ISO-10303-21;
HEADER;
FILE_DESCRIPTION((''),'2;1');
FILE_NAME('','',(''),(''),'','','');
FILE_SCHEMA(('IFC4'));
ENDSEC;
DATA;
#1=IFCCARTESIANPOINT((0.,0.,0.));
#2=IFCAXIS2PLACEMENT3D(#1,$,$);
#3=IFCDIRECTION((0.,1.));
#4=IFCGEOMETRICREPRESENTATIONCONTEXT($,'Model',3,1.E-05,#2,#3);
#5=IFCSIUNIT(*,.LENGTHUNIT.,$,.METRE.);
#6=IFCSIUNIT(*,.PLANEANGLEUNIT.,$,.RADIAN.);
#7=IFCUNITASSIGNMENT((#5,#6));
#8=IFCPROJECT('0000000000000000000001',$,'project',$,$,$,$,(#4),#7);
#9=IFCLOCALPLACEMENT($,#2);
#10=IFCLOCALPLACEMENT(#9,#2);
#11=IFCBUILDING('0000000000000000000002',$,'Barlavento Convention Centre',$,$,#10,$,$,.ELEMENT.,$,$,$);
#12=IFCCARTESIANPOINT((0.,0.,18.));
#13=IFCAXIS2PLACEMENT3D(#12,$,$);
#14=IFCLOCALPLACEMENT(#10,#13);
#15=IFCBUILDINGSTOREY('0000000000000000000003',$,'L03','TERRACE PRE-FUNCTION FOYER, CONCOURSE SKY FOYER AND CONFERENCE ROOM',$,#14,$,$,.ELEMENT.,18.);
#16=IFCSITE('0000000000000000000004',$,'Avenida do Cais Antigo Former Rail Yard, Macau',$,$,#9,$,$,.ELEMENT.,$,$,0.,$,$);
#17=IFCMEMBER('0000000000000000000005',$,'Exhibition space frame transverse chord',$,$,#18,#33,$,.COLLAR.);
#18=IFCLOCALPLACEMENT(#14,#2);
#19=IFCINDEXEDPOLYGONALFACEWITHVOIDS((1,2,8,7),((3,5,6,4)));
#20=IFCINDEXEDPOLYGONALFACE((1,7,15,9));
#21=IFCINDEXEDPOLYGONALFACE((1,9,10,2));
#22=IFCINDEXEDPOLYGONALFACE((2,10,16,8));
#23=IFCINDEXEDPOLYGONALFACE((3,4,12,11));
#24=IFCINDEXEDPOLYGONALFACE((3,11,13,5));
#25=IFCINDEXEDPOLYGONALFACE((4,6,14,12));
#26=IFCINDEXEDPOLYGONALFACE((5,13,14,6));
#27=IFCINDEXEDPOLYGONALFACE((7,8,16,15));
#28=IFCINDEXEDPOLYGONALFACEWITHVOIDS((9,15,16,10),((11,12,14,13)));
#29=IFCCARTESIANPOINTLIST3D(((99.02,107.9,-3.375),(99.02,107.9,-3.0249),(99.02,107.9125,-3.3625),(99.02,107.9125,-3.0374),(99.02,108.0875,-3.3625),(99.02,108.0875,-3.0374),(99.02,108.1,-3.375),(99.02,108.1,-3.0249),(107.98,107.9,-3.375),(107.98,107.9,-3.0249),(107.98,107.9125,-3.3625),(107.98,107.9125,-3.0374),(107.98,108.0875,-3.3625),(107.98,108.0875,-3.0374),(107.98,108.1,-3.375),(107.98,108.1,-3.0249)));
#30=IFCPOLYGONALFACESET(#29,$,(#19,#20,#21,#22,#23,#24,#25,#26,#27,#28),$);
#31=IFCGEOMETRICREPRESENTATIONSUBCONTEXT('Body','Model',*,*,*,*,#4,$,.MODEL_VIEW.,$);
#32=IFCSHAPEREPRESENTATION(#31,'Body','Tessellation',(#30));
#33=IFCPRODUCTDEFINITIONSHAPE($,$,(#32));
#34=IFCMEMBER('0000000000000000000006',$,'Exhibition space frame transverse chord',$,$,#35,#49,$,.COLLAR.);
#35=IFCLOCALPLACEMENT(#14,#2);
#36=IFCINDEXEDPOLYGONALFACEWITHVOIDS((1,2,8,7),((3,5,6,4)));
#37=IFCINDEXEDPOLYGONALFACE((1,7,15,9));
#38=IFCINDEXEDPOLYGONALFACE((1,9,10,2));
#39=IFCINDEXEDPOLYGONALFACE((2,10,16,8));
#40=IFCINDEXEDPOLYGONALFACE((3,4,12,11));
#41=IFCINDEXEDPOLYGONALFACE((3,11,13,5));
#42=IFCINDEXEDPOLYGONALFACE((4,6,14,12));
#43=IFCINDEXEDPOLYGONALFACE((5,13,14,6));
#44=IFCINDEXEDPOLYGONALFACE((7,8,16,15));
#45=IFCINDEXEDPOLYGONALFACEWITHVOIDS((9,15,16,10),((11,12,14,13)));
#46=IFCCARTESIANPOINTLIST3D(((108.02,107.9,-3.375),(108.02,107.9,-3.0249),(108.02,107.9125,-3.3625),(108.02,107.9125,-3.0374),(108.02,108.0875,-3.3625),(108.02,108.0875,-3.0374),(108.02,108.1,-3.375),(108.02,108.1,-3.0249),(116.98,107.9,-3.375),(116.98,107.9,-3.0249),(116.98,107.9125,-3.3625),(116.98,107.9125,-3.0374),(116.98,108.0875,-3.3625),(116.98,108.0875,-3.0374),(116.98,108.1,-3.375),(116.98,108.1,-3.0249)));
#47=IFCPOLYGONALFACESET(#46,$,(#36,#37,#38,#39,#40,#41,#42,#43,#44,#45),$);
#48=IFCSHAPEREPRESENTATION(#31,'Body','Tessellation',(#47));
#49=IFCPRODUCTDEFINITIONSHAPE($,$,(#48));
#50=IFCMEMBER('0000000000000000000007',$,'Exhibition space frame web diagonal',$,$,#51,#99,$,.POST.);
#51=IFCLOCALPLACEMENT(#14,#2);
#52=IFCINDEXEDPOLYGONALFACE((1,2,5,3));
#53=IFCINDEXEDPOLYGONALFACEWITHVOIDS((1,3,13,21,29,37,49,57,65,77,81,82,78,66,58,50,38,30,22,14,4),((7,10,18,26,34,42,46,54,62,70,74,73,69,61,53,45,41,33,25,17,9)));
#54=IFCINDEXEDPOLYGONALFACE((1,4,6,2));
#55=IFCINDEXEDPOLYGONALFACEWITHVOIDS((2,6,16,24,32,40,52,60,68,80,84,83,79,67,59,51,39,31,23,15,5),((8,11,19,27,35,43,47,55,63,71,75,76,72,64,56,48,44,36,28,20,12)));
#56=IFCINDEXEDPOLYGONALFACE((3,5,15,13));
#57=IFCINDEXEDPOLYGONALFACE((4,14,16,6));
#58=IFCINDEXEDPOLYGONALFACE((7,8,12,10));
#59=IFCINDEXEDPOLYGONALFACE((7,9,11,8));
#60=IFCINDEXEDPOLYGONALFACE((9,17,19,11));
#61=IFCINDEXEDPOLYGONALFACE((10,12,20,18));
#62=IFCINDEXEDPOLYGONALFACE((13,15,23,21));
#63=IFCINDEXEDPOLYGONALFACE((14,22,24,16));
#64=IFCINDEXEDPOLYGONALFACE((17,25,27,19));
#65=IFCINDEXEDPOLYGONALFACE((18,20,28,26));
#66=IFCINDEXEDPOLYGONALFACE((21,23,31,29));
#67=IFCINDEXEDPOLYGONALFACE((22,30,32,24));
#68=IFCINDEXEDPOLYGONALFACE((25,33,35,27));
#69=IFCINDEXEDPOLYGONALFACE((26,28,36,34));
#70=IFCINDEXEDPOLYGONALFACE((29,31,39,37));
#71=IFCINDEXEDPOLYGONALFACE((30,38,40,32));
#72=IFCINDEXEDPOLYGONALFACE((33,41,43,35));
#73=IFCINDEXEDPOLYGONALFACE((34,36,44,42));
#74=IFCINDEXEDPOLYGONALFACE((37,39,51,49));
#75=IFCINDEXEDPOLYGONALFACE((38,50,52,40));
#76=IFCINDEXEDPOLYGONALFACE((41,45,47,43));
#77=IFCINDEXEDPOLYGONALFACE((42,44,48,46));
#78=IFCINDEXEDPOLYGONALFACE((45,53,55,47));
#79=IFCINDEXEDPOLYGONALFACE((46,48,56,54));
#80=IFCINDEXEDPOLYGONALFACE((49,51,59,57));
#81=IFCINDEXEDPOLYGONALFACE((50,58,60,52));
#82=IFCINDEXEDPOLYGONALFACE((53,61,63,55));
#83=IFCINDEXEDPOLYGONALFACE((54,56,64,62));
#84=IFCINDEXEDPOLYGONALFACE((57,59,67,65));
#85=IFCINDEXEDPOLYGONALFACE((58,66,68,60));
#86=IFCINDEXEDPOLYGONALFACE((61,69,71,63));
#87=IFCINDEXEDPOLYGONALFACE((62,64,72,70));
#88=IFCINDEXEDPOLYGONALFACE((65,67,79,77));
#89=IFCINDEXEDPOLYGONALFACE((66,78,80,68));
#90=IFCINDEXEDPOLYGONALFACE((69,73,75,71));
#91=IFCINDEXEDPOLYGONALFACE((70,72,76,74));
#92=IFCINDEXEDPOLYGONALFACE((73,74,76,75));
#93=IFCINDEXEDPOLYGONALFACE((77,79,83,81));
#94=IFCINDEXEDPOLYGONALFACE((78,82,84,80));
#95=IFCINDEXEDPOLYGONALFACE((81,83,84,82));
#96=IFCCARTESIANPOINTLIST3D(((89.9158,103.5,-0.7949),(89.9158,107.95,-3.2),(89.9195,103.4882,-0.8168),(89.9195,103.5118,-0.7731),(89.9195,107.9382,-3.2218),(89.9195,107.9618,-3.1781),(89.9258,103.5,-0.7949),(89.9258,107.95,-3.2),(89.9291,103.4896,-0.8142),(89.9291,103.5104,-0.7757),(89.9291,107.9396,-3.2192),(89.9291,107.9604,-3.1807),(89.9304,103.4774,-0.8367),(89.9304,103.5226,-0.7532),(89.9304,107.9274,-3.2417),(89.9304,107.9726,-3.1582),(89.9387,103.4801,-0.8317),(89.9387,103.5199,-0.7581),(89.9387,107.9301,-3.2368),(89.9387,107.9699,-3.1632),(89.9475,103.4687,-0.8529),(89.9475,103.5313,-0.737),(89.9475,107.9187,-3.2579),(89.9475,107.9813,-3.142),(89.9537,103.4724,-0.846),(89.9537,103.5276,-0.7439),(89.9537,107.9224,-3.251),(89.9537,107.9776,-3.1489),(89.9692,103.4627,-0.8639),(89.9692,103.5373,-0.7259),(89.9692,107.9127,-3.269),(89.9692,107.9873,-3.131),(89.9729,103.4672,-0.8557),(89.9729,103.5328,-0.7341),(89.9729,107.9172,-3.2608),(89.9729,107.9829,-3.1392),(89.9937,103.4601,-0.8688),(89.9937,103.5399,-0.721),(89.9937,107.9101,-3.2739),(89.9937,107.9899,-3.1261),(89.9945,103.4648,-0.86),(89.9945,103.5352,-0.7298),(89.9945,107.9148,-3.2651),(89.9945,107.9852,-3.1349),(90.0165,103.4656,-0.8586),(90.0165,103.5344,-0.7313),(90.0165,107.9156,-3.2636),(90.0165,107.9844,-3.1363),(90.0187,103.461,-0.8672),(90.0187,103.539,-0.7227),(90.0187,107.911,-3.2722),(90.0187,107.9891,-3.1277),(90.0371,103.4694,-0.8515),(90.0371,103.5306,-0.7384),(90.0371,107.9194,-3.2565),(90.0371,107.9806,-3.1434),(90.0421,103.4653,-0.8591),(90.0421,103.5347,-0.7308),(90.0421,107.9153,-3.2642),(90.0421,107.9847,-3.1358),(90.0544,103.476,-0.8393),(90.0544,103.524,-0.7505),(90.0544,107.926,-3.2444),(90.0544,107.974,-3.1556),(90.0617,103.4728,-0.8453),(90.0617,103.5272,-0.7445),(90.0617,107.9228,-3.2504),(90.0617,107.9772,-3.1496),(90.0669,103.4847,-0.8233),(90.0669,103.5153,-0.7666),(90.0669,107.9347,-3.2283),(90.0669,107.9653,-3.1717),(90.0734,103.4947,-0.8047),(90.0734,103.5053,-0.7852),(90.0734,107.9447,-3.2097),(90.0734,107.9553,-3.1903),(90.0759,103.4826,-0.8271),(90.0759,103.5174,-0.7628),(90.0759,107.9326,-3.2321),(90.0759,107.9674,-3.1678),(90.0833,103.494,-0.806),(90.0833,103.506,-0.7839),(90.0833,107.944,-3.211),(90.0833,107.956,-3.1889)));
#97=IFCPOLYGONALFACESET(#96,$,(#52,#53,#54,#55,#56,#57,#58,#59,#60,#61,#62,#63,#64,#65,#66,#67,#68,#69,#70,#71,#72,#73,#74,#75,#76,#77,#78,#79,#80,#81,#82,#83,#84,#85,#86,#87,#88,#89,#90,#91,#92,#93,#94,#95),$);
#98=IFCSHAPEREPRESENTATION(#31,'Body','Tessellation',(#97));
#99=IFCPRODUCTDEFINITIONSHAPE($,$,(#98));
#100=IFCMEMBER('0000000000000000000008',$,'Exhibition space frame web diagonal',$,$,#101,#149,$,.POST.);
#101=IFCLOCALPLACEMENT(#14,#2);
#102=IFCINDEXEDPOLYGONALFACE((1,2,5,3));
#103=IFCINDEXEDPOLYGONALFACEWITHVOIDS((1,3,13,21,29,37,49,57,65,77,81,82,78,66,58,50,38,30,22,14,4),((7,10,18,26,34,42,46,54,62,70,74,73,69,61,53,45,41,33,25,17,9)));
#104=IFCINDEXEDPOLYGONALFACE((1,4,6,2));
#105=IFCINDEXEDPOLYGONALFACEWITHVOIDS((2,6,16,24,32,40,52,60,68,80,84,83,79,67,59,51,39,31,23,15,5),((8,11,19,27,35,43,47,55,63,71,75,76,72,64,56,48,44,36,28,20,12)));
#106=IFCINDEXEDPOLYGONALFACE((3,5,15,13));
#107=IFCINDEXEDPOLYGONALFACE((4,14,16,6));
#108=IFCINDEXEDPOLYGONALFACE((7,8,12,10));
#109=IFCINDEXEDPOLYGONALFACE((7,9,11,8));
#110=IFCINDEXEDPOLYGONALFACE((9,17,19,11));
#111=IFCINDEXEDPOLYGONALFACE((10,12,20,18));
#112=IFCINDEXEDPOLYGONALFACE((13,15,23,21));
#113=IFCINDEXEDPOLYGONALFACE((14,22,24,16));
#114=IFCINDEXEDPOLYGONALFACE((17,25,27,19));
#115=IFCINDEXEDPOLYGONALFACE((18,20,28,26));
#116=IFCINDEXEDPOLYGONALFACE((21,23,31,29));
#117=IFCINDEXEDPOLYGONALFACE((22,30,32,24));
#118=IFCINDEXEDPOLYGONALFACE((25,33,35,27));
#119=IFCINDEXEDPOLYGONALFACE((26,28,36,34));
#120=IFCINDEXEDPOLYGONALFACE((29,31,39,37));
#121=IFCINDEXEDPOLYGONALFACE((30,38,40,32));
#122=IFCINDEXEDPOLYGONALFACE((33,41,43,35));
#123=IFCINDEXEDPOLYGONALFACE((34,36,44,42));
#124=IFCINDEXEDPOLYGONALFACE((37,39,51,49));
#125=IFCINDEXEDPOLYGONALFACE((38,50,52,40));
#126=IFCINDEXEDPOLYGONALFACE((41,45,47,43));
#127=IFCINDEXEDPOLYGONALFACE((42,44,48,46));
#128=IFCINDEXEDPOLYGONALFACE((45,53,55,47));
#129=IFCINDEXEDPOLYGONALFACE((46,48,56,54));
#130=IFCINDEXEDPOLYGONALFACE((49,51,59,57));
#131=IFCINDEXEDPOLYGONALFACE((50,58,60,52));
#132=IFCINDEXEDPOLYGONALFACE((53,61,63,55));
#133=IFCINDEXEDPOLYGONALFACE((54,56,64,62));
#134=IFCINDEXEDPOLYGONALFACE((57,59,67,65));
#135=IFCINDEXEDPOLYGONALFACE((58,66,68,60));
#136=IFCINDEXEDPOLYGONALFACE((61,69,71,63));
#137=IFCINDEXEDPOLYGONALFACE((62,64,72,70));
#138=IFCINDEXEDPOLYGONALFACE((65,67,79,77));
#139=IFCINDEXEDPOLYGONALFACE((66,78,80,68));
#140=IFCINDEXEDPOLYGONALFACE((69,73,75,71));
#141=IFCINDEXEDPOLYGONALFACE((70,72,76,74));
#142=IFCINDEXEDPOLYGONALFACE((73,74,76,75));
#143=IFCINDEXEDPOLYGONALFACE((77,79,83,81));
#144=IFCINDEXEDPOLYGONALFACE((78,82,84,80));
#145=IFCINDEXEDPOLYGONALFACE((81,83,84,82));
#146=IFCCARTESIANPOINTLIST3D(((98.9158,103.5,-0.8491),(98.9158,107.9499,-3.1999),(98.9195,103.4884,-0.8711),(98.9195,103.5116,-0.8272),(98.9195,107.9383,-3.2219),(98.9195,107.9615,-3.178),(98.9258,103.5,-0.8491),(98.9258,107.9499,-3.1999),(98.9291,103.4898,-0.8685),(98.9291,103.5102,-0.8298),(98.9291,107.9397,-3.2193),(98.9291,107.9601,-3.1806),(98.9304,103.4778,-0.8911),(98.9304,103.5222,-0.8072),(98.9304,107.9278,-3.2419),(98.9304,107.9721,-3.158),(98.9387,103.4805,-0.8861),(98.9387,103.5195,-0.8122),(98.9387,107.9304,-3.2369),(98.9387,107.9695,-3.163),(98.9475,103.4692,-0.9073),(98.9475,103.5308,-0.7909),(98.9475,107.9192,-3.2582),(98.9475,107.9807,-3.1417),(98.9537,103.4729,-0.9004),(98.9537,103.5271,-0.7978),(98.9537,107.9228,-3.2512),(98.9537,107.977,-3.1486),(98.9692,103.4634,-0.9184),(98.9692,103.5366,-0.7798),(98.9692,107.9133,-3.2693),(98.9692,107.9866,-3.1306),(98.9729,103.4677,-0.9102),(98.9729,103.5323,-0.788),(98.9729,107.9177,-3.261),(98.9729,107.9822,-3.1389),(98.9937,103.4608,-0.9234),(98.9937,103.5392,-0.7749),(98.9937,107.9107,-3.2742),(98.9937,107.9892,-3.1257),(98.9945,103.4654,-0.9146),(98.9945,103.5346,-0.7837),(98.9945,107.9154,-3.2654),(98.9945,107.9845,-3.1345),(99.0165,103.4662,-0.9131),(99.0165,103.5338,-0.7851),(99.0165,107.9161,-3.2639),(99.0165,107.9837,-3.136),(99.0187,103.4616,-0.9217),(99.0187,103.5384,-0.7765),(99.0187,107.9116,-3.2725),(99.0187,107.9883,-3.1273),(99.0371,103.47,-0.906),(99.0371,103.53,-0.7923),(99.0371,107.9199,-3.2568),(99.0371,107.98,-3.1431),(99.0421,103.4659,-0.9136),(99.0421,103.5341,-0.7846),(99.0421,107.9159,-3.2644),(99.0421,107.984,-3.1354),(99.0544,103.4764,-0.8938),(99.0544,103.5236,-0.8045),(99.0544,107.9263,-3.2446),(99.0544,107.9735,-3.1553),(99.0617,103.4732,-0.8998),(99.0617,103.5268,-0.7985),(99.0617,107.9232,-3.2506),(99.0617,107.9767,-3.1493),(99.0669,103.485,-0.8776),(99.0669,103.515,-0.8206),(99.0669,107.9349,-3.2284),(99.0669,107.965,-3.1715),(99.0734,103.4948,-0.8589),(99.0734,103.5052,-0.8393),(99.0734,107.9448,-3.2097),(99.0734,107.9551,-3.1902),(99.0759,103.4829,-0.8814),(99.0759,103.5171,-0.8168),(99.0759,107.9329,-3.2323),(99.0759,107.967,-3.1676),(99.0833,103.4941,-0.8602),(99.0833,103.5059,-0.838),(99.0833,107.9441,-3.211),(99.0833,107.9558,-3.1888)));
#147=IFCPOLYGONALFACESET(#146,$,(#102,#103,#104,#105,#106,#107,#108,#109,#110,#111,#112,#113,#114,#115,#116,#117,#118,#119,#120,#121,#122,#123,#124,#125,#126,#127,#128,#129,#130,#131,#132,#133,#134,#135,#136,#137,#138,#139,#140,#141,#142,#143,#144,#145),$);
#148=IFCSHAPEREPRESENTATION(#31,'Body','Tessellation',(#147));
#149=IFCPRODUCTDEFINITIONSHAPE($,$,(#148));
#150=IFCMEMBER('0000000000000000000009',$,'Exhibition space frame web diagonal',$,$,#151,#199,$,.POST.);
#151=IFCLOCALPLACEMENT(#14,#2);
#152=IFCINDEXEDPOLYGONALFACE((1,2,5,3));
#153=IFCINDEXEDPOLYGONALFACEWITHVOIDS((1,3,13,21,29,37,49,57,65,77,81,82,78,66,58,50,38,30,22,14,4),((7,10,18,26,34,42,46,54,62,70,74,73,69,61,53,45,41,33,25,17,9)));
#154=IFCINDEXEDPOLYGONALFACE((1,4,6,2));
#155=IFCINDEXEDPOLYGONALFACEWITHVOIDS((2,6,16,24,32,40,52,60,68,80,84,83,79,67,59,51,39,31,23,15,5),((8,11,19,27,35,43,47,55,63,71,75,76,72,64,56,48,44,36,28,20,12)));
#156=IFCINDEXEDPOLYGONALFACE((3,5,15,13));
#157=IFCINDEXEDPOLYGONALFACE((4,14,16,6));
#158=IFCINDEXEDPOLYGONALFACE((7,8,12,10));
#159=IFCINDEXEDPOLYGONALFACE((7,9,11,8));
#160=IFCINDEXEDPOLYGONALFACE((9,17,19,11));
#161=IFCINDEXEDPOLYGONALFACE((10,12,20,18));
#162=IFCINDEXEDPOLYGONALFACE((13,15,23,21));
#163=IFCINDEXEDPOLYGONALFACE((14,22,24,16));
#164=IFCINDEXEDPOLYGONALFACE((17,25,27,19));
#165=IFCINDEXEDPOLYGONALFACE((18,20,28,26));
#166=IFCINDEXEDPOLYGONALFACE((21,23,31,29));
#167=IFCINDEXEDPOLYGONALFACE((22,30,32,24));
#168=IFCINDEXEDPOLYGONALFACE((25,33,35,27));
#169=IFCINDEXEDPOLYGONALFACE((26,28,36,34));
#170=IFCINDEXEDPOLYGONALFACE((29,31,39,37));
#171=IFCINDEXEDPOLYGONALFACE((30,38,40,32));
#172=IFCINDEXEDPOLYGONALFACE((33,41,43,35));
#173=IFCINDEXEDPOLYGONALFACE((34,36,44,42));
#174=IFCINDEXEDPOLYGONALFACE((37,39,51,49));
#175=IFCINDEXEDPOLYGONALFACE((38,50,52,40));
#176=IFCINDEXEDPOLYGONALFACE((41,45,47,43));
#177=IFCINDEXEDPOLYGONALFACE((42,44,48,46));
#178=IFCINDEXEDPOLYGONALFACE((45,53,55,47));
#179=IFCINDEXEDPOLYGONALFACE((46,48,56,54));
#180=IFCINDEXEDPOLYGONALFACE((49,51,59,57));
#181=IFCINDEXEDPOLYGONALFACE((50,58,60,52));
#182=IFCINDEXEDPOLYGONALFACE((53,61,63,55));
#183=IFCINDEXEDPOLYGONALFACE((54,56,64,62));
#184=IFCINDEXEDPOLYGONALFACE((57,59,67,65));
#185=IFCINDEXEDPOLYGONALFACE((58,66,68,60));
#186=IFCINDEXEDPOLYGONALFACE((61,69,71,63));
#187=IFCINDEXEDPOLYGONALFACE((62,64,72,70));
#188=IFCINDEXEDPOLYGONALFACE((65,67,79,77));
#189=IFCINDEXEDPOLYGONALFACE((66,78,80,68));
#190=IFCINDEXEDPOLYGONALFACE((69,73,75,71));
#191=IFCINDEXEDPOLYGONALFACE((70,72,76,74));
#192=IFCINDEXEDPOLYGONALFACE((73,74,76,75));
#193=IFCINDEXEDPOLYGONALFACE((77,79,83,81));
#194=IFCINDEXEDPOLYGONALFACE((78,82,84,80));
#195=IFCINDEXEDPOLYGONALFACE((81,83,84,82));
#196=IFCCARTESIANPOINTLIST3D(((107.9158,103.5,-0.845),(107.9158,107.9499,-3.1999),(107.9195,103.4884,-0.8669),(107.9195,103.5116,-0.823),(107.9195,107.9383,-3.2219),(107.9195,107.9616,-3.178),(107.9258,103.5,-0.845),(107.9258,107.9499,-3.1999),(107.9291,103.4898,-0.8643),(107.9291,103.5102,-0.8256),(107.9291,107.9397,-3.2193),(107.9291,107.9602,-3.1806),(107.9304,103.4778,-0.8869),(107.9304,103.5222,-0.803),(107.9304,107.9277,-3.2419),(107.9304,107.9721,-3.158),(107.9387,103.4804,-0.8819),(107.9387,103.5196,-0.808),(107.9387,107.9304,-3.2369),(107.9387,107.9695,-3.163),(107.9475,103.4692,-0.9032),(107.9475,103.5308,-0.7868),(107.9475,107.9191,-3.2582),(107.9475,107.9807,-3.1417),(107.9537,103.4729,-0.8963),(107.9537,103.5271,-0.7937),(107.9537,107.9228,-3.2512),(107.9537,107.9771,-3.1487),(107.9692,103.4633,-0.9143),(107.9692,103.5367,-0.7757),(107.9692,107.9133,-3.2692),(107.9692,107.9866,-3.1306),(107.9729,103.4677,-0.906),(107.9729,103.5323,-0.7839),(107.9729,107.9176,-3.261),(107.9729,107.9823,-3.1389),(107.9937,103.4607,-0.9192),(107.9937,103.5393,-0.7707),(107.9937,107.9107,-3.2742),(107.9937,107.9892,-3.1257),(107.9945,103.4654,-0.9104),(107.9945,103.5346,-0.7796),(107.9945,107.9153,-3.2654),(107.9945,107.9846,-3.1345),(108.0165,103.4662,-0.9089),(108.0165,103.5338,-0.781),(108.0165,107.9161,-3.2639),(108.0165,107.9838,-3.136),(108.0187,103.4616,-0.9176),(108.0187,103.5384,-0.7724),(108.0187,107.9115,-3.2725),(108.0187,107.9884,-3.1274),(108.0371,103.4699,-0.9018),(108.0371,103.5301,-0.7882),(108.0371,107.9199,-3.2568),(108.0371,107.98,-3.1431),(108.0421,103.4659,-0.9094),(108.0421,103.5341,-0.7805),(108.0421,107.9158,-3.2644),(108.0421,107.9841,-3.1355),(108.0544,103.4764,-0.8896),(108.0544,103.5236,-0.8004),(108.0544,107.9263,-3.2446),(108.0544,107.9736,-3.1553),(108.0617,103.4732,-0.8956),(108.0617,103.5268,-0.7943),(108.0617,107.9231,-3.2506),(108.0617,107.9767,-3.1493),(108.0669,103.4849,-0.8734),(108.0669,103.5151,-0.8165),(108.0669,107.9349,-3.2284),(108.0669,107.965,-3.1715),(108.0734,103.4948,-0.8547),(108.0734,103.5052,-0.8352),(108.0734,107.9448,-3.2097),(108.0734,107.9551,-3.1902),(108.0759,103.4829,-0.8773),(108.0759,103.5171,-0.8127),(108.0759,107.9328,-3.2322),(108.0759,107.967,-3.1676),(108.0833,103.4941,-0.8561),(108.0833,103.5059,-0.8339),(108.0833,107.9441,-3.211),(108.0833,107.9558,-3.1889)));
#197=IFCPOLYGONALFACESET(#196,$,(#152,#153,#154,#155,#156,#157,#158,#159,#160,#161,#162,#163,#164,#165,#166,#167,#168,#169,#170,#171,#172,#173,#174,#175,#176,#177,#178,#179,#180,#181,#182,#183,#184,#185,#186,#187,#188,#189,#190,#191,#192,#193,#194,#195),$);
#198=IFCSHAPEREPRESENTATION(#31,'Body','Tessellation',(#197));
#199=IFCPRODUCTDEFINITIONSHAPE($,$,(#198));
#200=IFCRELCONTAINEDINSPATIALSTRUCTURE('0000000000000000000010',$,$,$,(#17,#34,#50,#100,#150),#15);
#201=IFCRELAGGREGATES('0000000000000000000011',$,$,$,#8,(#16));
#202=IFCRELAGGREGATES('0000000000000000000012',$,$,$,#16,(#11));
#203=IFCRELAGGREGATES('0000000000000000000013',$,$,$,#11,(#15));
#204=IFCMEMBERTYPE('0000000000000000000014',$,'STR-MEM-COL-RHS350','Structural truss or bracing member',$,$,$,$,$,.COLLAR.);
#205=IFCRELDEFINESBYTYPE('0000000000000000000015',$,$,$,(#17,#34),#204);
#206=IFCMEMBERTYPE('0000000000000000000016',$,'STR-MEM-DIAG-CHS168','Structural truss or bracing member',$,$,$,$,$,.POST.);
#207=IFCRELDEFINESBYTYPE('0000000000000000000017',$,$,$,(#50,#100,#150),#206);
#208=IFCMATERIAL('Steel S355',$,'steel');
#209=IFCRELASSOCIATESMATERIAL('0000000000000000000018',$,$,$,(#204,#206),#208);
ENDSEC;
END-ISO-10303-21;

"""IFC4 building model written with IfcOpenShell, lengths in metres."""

from ifc_helpers import new_model, si_unit, direction, frame, origin, origin_2d, place, context, subcontext, project, spatial, hollow_rectangle, hollow_circle, extrude, material, material_profile, profile_set, type_object, element, save


model = new_model("IFC4")

# Units and contexts
model_context = context("Model", 3, precision=1e-05, world=origin(), true_north=direction((0.0, 1.0)))
body_context = subcontext(model_context, "Body", "Model", "MODEL_VIEW")
ifc_project = project(units=[si_unit("LENGTHUNIT", "METRE"), si_unit("PLANEANGLEUNIT", "RADIAN")], contexts=[model_context])

# Site, building, storey
site_placement = place(None, origin())
site = spatial("IfcSite", under=ifc_project, at=site_placement, Name="Avenida do Cais Antigo Former Rail Yard, Macau", CompositionType="ELEMENT", RefElevation=0.0)
building_placement = place(site_placement, origin())
building = spatial("IfcBuilding", under=site, at=building_placement, Name="Barlavento Convention Centre", CompositionType="ELEMENT")
storey_placement = place(building_placement, frame((0.0, 0.0, 18.0)))
storey = spatial("IfcBuildingStorey", under=building, at=storey_placement, Name="L03", Description="TERRACE PRE-FUNCTION FOYER, CONCOURSE SKY FOYER AND CONFERENCE ROOM", CompositionType="ELEMENT", Elevation=18.0)

# Shared definitions
ifc_material_1 = material(Name="Steel S355", Category="steel")

# Members
ifc_material_profile_1 = material_profile(ifc_material_1, hollow_rectangle(XDim=0.2, YDim=0.3501, WallThickness=0.0125, at=origin_2d()), Name="RHS 350x200x12.5")
ifc_profile_set_1 = profile_set([ifc_material_profile_1], Name="Steel S355")
member_type_1 = type_object("IfcMemberType", Name="STR-MEM-COL-RHS350", Description="Structural truss or bracing member", PredefinedType="COLLAR", material=ifc_profile_set_1)
for number, where, z_axis, x_axis, name in (
    (1, (99.02, 108.0, -3.2), (1.0, 0.0, 0.0), (0.0, 1.0, 0.0), "Exhibition space frame transverse chord"),
    (2, (108.02, 108.0, -3.2), (1.0, 0.0, 0.0), (0.0, 1.0, 0.0), "Exhibition space frame transverse chord"),
):
    element("IfcMember", number, at=place(storey_placement, frame(where, z_axis=z_axis, x_axis=x_axis)), inside=storey, type_object=member_type_1, Name=name, PredefinedType="COLLAR", context=body_context, shape_type="SweptSolid", body=[
        extrude(hollow_rectangle(XDim=0.2, YDim=0.3501, WallThickness=0.0125, at=origin_2d()), origin(), (0.0, 0.0, 1.0), 8.96),
    ])
ifc_material_profile_2 = material_profile(ifc_material_1, hollow_circle(Radius=0.0842, WallThickness=0.01, at=origin_2d()), Name="CHS 168.3x10.0")
ifc_profile_set_2 = profile_set([ifc_material_profile_2], Name="Steel S355")
member_type_2 = type_object("IfcMemberType", Name="STR-MEM-DIAG-CHS168", Description="Structural truss or bracing member", PredefinedType="POST", material=ifc_profile_set_2)
member_1_placement = place(storey_placement, frame((90.0, 103.5, -0.7949), z_axis=(0.0, 0.879735, -0.475464), x_axis=(-1.0, 0.0, 0.0)))
element("IfcMember", 3, at=member_1_placement, inside=storey, type_object=member_type_2, Name="Exhibition space frame web diagonal", PredefinedType="POST", context=body_context, shape_type="SweptSolid", body=[
    extrude(hollow_circle(Radius=0.0842, WallThickness=0.01, at=origin_2d()), origin(), (0.0, 0.0, 1.0), 5.0583),
])
member_2_placement = place(storey_placement, frame((99.0, 103.5, -0.8491), z_axis=(0.0, 0.884201, -0.467107), x_axis=(-1.0, 0.0, 0.0)))
element("IfcMember", 4, at=member_2_placement, inside=storey, type_object=member_type_2, Name="Exhibition space frame web diagonal", PredefinedType="POST", context=body_context, shape_type="SweptSolid", body=[
    extrude(hollow_circle(Radius=0.0842, WallThickness=0.01, at=origin_2d()), origin(), (0.0, 0.0, 1.0), 5.0327),
])
member_3_placement = place(storey_placement, frame((108.0, 103.5, -0.845), z_axis=(0.0, 0.88386, -0.467752), x_axis=(-1.0, 0.0, 0.0)))
element("IfcMember", 5, at=member_3_placement, inside=storey, type_object=member_type_2, Name="Exhibition space frame web diagonal", PredefinedType="POST", context=body_context, shape_type="SweptSolid", body=[
    extrude(hollow_circle(Radius=0.0842, WallThickness=0.01, at=origin_2d()), origin(), (0.0, 0.0, 1.0), 5.0347),
])

save(model, "model.ifc")
